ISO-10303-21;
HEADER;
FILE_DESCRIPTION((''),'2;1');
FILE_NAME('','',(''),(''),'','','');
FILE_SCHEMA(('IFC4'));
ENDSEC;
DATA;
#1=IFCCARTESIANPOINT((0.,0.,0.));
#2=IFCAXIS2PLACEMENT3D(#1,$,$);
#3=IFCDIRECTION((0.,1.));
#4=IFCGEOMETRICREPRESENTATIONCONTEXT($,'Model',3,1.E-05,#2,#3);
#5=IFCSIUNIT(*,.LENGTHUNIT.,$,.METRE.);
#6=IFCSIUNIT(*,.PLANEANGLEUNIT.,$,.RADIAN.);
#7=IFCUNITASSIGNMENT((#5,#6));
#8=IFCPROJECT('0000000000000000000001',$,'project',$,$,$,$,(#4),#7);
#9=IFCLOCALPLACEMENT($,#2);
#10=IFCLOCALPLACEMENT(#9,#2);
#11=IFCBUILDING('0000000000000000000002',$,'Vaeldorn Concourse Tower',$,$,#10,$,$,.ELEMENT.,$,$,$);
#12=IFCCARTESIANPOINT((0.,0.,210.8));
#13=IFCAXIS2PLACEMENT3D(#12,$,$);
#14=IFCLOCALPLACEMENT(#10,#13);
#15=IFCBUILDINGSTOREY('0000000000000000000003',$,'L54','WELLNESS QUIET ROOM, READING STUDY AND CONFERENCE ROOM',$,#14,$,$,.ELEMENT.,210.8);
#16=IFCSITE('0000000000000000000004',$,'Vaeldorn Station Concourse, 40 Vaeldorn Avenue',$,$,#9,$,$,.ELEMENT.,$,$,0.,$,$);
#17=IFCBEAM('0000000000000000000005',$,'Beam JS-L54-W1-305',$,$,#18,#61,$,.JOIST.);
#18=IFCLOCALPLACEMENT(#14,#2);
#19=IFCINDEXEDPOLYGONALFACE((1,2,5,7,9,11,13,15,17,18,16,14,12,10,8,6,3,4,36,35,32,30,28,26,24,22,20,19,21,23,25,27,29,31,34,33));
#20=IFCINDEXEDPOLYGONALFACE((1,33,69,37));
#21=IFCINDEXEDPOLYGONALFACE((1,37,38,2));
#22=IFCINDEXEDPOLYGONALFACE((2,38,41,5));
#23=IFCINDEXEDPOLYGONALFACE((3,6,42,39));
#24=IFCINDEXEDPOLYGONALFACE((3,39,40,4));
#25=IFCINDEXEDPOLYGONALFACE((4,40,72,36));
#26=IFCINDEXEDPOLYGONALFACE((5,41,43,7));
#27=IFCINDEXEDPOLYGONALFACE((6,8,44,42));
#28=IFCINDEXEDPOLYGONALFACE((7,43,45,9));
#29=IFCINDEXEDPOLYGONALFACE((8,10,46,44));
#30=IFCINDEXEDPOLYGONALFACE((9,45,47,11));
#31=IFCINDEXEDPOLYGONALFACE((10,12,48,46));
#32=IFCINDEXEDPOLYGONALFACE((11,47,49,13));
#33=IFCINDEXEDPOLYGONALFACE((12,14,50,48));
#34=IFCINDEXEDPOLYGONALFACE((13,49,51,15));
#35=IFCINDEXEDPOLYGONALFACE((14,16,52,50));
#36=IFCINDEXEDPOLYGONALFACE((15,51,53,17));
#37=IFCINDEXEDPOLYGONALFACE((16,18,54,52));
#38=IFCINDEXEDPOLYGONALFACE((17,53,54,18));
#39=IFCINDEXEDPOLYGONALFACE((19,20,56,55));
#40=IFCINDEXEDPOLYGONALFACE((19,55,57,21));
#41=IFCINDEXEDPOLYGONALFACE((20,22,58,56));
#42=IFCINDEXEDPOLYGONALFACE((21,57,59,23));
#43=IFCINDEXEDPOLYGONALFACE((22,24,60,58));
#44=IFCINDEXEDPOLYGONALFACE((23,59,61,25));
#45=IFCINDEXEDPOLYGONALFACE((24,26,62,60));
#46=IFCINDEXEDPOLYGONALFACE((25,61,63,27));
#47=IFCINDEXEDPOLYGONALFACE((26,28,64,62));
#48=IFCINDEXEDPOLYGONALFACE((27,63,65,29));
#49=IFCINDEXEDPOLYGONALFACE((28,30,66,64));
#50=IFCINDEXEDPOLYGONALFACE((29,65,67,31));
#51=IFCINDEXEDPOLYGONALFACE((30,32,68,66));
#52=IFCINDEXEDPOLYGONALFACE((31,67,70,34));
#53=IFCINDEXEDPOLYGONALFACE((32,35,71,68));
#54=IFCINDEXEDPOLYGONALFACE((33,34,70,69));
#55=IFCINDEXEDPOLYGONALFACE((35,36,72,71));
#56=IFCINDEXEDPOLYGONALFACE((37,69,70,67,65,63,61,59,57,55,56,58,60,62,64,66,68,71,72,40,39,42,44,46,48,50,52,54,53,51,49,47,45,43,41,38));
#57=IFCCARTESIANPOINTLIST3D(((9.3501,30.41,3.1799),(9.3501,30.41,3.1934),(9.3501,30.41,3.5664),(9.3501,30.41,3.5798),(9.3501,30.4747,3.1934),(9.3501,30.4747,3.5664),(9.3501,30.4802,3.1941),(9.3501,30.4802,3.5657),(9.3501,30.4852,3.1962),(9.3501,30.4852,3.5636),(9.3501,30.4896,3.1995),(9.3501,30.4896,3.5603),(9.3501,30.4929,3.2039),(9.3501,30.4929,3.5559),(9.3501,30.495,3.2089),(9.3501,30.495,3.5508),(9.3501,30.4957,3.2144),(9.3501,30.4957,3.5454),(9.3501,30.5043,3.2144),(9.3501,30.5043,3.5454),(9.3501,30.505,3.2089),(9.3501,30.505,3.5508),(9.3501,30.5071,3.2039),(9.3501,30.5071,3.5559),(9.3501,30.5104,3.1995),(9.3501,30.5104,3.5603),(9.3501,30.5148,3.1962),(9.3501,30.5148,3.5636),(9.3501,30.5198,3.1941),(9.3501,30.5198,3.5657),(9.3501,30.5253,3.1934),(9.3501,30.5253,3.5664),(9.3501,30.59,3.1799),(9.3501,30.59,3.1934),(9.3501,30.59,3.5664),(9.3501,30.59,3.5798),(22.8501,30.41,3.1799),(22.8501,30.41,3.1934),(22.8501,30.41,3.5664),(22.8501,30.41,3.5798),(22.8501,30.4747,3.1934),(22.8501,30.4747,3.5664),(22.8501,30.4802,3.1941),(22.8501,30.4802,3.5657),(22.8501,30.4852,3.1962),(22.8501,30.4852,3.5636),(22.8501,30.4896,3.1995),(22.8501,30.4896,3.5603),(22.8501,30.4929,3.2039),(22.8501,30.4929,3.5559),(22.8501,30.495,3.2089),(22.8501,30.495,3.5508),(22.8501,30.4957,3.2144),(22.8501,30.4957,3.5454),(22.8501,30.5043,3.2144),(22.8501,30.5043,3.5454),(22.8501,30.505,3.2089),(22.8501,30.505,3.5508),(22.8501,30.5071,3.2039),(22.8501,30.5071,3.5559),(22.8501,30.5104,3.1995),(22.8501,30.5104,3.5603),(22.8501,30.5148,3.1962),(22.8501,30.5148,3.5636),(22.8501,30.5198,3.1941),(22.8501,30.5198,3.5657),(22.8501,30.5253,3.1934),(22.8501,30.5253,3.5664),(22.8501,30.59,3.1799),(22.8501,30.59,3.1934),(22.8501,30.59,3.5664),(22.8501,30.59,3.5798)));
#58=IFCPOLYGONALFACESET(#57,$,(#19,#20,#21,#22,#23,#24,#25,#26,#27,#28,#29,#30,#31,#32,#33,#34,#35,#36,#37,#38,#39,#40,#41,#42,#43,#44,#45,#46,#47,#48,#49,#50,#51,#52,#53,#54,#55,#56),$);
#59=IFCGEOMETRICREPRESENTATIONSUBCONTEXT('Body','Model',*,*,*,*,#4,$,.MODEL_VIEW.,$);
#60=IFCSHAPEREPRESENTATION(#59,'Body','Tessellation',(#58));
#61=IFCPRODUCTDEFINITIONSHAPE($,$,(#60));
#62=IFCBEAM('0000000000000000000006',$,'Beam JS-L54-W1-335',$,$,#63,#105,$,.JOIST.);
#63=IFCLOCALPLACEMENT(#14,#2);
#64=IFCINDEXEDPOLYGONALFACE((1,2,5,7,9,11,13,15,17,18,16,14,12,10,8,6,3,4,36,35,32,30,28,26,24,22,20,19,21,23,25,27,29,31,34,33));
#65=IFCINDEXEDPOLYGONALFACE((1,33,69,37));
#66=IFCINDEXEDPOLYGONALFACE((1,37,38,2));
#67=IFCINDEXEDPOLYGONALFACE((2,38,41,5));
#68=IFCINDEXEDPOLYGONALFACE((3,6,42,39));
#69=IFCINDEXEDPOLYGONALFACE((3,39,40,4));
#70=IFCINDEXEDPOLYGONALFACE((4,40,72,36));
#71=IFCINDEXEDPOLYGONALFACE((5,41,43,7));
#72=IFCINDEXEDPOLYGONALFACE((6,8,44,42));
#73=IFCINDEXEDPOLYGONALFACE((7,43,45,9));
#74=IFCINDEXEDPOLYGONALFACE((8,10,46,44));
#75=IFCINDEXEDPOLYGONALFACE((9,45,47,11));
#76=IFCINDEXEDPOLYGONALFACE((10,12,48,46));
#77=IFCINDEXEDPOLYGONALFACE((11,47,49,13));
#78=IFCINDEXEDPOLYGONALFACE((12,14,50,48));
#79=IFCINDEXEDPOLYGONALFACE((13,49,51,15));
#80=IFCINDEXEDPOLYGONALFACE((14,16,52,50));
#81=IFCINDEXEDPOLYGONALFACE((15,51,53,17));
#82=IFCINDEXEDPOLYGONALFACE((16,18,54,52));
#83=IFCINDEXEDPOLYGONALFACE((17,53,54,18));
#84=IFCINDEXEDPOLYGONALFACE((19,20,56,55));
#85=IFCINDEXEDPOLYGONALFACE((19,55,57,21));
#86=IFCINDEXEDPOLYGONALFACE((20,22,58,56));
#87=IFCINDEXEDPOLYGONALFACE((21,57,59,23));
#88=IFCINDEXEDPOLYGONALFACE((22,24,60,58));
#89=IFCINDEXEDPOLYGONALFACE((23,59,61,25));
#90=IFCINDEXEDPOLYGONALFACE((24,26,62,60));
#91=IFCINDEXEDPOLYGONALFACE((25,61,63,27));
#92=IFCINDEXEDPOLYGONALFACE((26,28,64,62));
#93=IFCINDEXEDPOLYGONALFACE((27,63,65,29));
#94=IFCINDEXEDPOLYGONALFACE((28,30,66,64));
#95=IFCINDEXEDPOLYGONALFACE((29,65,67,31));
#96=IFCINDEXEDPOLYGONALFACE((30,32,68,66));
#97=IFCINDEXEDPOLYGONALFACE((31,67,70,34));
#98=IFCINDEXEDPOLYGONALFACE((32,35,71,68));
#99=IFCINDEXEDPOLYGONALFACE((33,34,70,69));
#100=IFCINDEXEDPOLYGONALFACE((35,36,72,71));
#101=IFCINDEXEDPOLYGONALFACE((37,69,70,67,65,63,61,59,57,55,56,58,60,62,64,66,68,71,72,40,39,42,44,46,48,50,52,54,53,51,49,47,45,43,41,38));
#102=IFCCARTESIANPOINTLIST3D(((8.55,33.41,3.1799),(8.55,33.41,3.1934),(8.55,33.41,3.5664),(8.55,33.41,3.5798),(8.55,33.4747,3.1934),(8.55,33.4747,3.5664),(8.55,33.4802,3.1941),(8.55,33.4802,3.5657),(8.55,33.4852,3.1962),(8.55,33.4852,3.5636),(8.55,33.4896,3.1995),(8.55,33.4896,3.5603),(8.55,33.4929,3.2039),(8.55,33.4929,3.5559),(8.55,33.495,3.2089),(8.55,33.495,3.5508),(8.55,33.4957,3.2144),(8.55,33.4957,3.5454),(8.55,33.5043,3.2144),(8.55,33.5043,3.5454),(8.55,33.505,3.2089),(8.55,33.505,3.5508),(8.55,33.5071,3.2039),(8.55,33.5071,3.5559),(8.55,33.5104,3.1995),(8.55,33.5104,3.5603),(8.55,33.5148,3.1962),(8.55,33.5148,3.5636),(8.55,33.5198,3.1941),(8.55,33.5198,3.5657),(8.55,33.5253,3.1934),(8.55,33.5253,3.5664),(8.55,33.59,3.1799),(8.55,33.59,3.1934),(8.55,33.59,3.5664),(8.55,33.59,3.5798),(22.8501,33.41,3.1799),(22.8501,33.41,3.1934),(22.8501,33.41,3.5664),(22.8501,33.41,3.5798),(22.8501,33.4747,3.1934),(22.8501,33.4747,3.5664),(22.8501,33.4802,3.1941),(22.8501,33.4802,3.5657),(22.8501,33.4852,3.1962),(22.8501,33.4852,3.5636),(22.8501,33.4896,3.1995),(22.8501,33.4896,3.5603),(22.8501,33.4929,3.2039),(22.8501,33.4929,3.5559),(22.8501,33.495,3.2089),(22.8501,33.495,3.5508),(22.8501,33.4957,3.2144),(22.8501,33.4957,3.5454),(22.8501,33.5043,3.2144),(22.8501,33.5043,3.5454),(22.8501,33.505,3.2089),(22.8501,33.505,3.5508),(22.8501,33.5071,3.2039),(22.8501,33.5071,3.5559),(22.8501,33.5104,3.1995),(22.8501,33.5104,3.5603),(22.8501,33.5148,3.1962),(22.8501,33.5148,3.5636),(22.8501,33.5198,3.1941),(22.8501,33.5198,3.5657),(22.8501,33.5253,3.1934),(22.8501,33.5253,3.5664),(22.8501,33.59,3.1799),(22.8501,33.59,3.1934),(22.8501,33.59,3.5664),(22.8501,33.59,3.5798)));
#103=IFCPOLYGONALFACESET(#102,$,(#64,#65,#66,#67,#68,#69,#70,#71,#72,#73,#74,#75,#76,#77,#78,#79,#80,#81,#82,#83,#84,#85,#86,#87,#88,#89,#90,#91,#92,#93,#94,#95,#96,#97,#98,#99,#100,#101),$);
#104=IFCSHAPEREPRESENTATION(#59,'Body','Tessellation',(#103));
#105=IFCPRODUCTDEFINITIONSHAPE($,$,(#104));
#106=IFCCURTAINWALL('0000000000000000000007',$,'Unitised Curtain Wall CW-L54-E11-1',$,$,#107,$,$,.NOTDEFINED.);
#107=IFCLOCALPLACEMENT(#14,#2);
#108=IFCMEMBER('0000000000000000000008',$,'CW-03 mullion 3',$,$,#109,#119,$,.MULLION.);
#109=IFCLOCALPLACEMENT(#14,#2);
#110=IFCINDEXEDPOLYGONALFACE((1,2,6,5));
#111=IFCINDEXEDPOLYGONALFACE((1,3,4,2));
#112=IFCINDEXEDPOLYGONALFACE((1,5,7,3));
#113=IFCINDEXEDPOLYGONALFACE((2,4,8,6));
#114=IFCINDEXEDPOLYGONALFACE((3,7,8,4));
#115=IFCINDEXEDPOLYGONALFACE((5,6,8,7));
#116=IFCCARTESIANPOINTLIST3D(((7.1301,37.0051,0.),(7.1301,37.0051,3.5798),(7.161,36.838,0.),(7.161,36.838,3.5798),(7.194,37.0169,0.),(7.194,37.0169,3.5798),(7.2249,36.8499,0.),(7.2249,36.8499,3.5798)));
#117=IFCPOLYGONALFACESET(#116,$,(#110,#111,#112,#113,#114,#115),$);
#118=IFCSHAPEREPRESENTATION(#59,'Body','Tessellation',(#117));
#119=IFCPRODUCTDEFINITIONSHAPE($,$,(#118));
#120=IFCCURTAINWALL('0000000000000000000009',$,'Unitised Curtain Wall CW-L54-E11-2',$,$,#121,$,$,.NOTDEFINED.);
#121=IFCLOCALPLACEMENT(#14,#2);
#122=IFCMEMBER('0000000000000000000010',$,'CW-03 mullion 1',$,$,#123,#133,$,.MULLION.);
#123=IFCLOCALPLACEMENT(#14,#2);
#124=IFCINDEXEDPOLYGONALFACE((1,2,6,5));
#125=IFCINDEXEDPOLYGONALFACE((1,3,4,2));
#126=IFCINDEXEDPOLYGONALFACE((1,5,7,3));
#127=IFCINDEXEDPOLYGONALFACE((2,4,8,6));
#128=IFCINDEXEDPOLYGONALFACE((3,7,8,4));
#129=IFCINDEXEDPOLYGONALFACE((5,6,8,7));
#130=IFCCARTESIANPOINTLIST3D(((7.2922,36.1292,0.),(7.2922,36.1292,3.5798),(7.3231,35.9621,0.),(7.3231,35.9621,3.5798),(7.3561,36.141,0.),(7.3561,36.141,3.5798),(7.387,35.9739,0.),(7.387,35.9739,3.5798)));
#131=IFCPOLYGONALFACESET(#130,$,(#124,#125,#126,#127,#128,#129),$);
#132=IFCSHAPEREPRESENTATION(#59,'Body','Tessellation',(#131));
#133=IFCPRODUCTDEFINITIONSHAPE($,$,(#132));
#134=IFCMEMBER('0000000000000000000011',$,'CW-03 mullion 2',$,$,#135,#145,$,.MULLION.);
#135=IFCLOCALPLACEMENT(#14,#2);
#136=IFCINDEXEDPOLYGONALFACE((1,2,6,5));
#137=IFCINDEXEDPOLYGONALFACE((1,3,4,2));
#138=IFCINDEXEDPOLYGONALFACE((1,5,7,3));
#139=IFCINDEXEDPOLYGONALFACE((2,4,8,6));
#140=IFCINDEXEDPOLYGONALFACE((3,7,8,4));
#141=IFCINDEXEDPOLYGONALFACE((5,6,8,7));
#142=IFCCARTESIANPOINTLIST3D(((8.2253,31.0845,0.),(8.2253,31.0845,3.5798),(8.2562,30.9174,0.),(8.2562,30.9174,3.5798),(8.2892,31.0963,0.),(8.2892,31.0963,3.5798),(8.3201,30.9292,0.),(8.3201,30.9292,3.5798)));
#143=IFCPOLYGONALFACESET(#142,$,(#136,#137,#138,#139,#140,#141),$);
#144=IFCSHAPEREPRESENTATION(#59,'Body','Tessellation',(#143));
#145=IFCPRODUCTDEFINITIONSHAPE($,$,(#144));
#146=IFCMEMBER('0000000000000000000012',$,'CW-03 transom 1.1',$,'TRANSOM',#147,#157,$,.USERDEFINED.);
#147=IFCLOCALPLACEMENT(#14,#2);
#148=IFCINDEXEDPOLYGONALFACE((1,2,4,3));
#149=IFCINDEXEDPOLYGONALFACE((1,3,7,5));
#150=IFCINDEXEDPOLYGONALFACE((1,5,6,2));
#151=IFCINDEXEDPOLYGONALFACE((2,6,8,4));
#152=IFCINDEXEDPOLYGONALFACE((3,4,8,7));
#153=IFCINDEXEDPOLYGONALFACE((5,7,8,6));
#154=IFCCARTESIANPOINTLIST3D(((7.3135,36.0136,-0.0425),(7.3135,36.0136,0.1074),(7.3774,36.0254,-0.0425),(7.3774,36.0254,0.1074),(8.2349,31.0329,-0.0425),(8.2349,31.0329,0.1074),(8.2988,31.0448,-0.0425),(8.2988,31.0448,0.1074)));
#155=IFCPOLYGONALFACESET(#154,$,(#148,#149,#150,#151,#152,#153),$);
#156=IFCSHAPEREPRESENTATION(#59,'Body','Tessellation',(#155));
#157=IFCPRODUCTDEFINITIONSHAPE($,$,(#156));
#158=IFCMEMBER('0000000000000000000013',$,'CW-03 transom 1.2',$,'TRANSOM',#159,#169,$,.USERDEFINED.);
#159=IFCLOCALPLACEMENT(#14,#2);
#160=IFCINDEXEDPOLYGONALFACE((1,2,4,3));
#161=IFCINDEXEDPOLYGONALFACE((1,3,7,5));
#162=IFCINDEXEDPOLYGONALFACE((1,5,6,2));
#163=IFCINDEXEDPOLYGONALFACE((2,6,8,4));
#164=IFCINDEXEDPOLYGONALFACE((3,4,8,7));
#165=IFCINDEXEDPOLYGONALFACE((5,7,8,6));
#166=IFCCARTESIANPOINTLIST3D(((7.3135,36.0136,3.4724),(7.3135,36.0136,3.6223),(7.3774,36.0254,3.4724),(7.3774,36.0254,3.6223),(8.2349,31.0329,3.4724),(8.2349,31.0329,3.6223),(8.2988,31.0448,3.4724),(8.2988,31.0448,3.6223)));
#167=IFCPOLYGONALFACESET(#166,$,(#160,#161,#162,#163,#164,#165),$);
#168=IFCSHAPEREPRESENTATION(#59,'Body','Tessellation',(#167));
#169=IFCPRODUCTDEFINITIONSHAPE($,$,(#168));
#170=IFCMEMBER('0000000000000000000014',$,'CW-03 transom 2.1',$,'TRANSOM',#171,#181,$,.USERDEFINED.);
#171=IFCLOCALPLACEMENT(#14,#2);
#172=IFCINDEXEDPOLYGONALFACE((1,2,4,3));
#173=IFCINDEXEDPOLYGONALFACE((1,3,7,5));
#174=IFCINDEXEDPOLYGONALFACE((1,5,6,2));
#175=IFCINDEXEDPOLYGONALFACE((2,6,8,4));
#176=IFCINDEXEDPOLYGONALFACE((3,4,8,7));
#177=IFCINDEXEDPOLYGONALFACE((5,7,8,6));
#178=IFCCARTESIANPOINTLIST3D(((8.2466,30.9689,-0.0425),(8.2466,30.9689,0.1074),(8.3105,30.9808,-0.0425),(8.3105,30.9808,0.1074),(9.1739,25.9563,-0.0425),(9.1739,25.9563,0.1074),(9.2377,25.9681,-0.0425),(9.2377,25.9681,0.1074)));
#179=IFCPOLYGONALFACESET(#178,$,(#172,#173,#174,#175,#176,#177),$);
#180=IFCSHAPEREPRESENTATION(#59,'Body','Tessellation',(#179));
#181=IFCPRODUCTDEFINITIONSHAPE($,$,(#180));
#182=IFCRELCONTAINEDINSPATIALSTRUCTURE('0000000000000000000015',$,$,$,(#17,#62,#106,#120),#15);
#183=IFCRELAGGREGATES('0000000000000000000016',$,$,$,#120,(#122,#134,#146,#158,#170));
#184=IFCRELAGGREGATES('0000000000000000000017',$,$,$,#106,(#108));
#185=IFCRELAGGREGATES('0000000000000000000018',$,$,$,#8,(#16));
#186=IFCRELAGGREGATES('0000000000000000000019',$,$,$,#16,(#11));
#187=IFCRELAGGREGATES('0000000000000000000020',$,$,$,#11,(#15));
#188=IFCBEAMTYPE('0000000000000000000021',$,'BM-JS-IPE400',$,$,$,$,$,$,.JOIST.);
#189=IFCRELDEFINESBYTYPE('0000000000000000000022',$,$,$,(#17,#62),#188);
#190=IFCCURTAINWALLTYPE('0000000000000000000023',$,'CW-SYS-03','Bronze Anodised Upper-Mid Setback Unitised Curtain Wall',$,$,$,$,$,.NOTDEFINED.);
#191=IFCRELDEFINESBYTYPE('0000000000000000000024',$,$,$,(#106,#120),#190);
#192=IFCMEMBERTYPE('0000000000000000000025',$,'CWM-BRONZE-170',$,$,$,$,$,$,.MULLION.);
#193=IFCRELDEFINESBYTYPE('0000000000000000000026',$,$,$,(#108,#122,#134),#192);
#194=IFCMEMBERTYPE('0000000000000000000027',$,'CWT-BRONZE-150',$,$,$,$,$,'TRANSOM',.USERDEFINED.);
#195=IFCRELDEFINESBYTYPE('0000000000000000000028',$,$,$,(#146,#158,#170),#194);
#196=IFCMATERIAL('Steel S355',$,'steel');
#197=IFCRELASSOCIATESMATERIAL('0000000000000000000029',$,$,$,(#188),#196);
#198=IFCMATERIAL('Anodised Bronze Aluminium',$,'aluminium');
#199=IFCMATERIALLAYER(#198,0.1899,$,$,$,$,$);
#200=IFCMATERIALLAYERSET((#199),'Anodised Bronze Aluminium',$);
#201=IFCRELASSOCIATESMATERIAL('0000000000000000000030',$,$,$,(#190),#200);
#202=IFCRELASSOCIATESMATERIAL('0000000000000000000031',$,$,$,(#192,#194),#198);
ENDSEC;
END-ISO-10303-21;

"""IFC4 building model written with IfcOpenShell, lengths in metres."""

from ifc_helpers import new_model, si_unit, direction, frame, origin, origin_2d, place, context, subcontext, project, spatial, rectangle, i_section, extrude, source, transform, mapped, material, layer, layer_set, material_profile, profile_set, type_object, element, aggregate, save


model = new_model("IFC4")

# Units and contexts
model_context = context("Model", 3, precision=1e-05, world=origin(), true_north=direction((0.0, 1.0)))
body_context = subcontext(model_context, "Body", "Model", "MODEL_VIEW")
ifc_project = project(units=[si_unit("LENGTHUNIT", "METRE"), si_unit("PLANEANGLEUNIT", "RADIAN")], contexts=[model_context])

# Site, building, storey
site_placement = place(None, origin())
site = spatial("IfcSite", under=ifc_project, at=site_placement, Name="Vaeldorn Station Concourse, 40 Vaeldorn Avenue", CompositionType="ELEMENT", RefElevation=0.0)
building_placement = place(site_placement, origin())
building = spatial("IfcBuilding", under=site, at=building_placement, Name="Vaeldorn Concourse Tower", CompositionType="ELEMENT")
storey_placement = place(building_placement, frame((0.0, 0.0, 210.8)))
storey = spatial("IfcBuildingStorey", under=building, at=storey_placement, Name="L54", Description="WELLNESS QUIET ROOM, READING STUDY AND CONFERENCE ROOM", CompositionType="ELEMENT", Elevation=210.8)

# Beams
ifc_material_1 = material(Name="Steel S355", Category="steel")
ifc_material_profile_1 = material_profile(ifc_material_1, i_section(OverallWidth=0.1799, OverallDepth=0.3999, WebThickness=0.0085, FlangeThickness=0.0134, FilletRadius=0.021, at=origin_2d()), Name="IPE 400")
ifc_profile_set_1 = profile_set([ifc_material_profile_1], Name="Steel S355")
beam_type_1 = type_object("IfcBeamType", Name="BM-JS-IPE400", PredefinedType="JOIST", material=ifc_profile_set_1)
shared_shape_1 = source(origin(), body_context, "Body", "SweptSolid", [
    extrude(i_section(OverallWidth=0.1799, OverallDepth=0.3999, WebThickness=0.0085, FlangeThickness=0.0134, FilletRadius=0.021, at=origin_2d()), origin(), (0.0, 0.0, 1.0), 13.5),
])
beam_1_placement = place(storey_placement, frame((9.3501, 30.5, 3.3799), z_axis=(1.0, 0.0, 0.0), x_axis=(0.0, 1.0, 0.0)))
element("IfcBeam", 1, at=beam_1_placement, inside=storey, type_object=beam_type_1, Name="Beam JS-L54-W1-305", PredefinedType="JOIST", context=body_context, shape_type="MappedRepresentation", body=[
    mapped(shared_shape_1, transform((0.0, 0.0, 0.0), scale=1.0)),
])
shared_shape_2 = source(origin(), body_context, "Body", "SweptSolid", [
    extrude(i_section(OverallWidth=0.1799, OverallDepth=0.3999, WebThickness=0.0085, FlangeThickness=0.0134, FilletRadius=0.021, at=origin_2d()), origin(), (0.0, 0.0, 1.0), 14.3),
])
beam_2_placement = place(storey_placement, frame((8.55, 33.5, 3.3799), z_axis=(1.0, 0.0, 0.0), x_axis=(0.0, 1.0, 0.0)))
element("IfcBeam", 2, at=beam_2_placement, inside=storey, type_object=beam_type_1, Name="Beam JS-L54-W1-335", PredefinedType="JOIST", context=body_context, shape_type="MappedRepresentation", body=[
    mapped(shared_shape_2, transform((0.0, 0.0, 0.0), scale=1.0)),
])

# Curtain wall, member
ifc_material_2 = material(Name="Anodised Bronze Aluminium", Category="aluminium")
ifc_layer_1 = layer(ifc_material_2, 0.1899)
ifc_layer_set_1 = layer_set([ifc_layer_1], Name="Anodised Bronze Aluminium")
curtain_wall_type = type_object("IfcCurtainWallType", Name="CW-SYS-03", Description="Bronze Anodised Upper-Mid Setback Unitised Curtain Wall", PredefinedType="NOTDEFINED", material=ifc_layer_set_1)
curtain_wall_1_placement = place(storey_placement, origin())
curtain_wall_1 = element("IfcCurtainWall", 3, at=curtain_wall_1_placement, inside=storey, type_object=curtain_wall_type, Name="Unitised Curtain Wall CW-L54-E11-1", PredefinedType="NOTDEFINED")
ifc_material_profile_2 = material_profile(ifc_material_2, rectangle(XDim=0.0649, YDim=0.1699, at=origin_2d()), Name="CWM 65x170")
ifc_profile_set_2 = profile_set([ifc_material_profile_2], Name="Anodised Bronze Aluminium")
member_type_1 = type_object("IfcMemberType", Name="CWM-BRONZE-170", PredefinedType="MULLION", material=ifc_profile_set_2)
shared_shape_3 = source(origin(), body_context, "Body", "SweptSolid", [
    extrude(rectangle(XDim=0.0649, YDim=0.1699, at=origin_2d()), origin(), (0.0, 0.0, 1.0), 3.5798),
])
member_1_placement = place(storey_placement, frame((7.1775, 36.9275, 0.0), z_axis=(0.0, 0.0, 1.0), x_axis=(0.983319, 0.181888, 0.0)))
member_1 = element("IfcMember", 4, at=member_1_placement, type_object=member_type_1, Name="CW-03 mullion 3", PredefinedType="MULLION", context=body_context, shape_type="MappedRepresentation", body=[
    mapped(shared_shape_3, transform((0.0, 0.0, 0.0), scale=1.0)),
])

# Curtain wall, members
curtain_wall_2_placement = place(storey_placement, origin())
curtain_wall_2 = element("IfcCurtainWall", 5, at=curtain_wall_2_placement, inside=storey, type_object=curtain_wall_type, Name="Unitised Curtain Wall CW-L54-E11-2", PredefinedType="NOTDEFINED")
member_2_placement = place(storey_placement, frame((7.3396, 36.0515, 0.0), z_axis=(0.0, 0.0, 1.0), x_axis=(0.983319, 0.181889, 0.0)))
member_2 = element("IfcMember", 6, at=member_2_placement, type_object=member_type_1, Name="CW-03 mullion 1", PredefinedType="MULLION", context=body_context, shape_type="MappedRepresentation", body=[
    mapped(shared_shape_3, transform((0.0, 0.0, 0.0), scale=1.0)),
])
member_3_placement = place(storey_placement, frame((8.2727, 31.0068, 0.0), z_axis=(0.0, 0.0, 1.0), x_axis=(0.983319, 0.181889, 0.0)))
member_3 = element("IfcMember", 7, at=member_3_placement, type_object=member_type_1, Name="CW-03 mullion 2", PredefinedType="MULLION", context=body_context, shape_type="MappedRepresentation", body=[
    mapped(shared_shape_3, transform((0.0, 0.0, 0.0), scale=1.0)),
])
ifc_material_profile_3 = material_profile(ifc_material_2, rectangle(XDim=0.0649, YDim=0.1499, at=origin_2d()), Name="CWT 65x150")
ifc_profile_set_3 = profile_set([ifc_material_profile_3], Name="Anodised Bronze Aluminium")
member_type_2 = type_object("IfcMemberType", Name="CWT-BRONZE-150", ElementType="TRANSOM", PredefinedType="USERDEFINED", material=ifc_profile_set_3)
shared_shape_4 = source(origin(), body_context, "Body", "SweptSolid", [
    extrude(rectangle(XDim=0.0649, YDim=0.1499, at=origin_2d()), origin(), (0.0, 0.0, 1.0), 5.0652),
])
member_4_placement = place(storey_placement, frame((7.3455, 36.0195, 0.0325), z_axis=(0.181905, -0.983316, 0.0), x_axis=(0.983316, 0.181905, 0.0)))
member_4 = element("IfcMember", 8, at=member_4_placement, type_object=member_type_2, Name="CW-03 transom 1.1", ObjectType="TRANSOM", PredefinedType="USERDEFINED", context=body_context, shape_type="MappedRepresentation", body=[
    mapped(shared_shape_4, transform((0.0, 0.0, 0.0), scale=1.0)),
])
member_5_placement = place(storey_placement, frame((7.3455, 36.0195, 3.5474), z_axis=(0.181905, -0.983316, 0.0), x_axis=(0.983316, 0.181905, 0.0)))
member_5 = element("IfcMember", 9, at=member_5_placement, type_object=member_type_2, Name="CW-03 transom 1.2", ObjectType="TRANSOM", PredefinedType="USERDEFINED", context=body_context, shape_type="MappedRepresentation", body=[
    mapped(shared_shape_4, transform((0.0, 0.0, 0.0), scale=1.0)),
])
shared_shape_5 = source(origin(), body_context, "Body", "SweptSolid", [
    extrude(rectangle(XDim=0.0649, YDim=0.1499, at=origin_2d()), origin(), (0.0, 0.0, 1.0), 5.0977),
])
member_6_placement = place(storey_placement, frame((8.2786, 30.9749, 0.0325), z_axis=(0.181894, -0.983318, 0.0), x_axis=(0.983318, 0.181894, 0.0)))
member_6 = element("IfcMember", 10, at=member_6_placement, type_object=member_type_2, Name="CW-03 transom 2.1", ObjectType="TRANSOM", PredefinedType="USERDEFINED", context=body_context, shape_type="MappedRepresentation", body=[
    mapped(shared_shape_5, transform((0.0, 0.0, 0.0), scale=1.0)),
])
aggregate(curtain_wall_2, [member_2, member_3, member_4, member_5, member_6])

aggregate(curtain_wall_1, [member_1])

save(model, "model.ifc")
